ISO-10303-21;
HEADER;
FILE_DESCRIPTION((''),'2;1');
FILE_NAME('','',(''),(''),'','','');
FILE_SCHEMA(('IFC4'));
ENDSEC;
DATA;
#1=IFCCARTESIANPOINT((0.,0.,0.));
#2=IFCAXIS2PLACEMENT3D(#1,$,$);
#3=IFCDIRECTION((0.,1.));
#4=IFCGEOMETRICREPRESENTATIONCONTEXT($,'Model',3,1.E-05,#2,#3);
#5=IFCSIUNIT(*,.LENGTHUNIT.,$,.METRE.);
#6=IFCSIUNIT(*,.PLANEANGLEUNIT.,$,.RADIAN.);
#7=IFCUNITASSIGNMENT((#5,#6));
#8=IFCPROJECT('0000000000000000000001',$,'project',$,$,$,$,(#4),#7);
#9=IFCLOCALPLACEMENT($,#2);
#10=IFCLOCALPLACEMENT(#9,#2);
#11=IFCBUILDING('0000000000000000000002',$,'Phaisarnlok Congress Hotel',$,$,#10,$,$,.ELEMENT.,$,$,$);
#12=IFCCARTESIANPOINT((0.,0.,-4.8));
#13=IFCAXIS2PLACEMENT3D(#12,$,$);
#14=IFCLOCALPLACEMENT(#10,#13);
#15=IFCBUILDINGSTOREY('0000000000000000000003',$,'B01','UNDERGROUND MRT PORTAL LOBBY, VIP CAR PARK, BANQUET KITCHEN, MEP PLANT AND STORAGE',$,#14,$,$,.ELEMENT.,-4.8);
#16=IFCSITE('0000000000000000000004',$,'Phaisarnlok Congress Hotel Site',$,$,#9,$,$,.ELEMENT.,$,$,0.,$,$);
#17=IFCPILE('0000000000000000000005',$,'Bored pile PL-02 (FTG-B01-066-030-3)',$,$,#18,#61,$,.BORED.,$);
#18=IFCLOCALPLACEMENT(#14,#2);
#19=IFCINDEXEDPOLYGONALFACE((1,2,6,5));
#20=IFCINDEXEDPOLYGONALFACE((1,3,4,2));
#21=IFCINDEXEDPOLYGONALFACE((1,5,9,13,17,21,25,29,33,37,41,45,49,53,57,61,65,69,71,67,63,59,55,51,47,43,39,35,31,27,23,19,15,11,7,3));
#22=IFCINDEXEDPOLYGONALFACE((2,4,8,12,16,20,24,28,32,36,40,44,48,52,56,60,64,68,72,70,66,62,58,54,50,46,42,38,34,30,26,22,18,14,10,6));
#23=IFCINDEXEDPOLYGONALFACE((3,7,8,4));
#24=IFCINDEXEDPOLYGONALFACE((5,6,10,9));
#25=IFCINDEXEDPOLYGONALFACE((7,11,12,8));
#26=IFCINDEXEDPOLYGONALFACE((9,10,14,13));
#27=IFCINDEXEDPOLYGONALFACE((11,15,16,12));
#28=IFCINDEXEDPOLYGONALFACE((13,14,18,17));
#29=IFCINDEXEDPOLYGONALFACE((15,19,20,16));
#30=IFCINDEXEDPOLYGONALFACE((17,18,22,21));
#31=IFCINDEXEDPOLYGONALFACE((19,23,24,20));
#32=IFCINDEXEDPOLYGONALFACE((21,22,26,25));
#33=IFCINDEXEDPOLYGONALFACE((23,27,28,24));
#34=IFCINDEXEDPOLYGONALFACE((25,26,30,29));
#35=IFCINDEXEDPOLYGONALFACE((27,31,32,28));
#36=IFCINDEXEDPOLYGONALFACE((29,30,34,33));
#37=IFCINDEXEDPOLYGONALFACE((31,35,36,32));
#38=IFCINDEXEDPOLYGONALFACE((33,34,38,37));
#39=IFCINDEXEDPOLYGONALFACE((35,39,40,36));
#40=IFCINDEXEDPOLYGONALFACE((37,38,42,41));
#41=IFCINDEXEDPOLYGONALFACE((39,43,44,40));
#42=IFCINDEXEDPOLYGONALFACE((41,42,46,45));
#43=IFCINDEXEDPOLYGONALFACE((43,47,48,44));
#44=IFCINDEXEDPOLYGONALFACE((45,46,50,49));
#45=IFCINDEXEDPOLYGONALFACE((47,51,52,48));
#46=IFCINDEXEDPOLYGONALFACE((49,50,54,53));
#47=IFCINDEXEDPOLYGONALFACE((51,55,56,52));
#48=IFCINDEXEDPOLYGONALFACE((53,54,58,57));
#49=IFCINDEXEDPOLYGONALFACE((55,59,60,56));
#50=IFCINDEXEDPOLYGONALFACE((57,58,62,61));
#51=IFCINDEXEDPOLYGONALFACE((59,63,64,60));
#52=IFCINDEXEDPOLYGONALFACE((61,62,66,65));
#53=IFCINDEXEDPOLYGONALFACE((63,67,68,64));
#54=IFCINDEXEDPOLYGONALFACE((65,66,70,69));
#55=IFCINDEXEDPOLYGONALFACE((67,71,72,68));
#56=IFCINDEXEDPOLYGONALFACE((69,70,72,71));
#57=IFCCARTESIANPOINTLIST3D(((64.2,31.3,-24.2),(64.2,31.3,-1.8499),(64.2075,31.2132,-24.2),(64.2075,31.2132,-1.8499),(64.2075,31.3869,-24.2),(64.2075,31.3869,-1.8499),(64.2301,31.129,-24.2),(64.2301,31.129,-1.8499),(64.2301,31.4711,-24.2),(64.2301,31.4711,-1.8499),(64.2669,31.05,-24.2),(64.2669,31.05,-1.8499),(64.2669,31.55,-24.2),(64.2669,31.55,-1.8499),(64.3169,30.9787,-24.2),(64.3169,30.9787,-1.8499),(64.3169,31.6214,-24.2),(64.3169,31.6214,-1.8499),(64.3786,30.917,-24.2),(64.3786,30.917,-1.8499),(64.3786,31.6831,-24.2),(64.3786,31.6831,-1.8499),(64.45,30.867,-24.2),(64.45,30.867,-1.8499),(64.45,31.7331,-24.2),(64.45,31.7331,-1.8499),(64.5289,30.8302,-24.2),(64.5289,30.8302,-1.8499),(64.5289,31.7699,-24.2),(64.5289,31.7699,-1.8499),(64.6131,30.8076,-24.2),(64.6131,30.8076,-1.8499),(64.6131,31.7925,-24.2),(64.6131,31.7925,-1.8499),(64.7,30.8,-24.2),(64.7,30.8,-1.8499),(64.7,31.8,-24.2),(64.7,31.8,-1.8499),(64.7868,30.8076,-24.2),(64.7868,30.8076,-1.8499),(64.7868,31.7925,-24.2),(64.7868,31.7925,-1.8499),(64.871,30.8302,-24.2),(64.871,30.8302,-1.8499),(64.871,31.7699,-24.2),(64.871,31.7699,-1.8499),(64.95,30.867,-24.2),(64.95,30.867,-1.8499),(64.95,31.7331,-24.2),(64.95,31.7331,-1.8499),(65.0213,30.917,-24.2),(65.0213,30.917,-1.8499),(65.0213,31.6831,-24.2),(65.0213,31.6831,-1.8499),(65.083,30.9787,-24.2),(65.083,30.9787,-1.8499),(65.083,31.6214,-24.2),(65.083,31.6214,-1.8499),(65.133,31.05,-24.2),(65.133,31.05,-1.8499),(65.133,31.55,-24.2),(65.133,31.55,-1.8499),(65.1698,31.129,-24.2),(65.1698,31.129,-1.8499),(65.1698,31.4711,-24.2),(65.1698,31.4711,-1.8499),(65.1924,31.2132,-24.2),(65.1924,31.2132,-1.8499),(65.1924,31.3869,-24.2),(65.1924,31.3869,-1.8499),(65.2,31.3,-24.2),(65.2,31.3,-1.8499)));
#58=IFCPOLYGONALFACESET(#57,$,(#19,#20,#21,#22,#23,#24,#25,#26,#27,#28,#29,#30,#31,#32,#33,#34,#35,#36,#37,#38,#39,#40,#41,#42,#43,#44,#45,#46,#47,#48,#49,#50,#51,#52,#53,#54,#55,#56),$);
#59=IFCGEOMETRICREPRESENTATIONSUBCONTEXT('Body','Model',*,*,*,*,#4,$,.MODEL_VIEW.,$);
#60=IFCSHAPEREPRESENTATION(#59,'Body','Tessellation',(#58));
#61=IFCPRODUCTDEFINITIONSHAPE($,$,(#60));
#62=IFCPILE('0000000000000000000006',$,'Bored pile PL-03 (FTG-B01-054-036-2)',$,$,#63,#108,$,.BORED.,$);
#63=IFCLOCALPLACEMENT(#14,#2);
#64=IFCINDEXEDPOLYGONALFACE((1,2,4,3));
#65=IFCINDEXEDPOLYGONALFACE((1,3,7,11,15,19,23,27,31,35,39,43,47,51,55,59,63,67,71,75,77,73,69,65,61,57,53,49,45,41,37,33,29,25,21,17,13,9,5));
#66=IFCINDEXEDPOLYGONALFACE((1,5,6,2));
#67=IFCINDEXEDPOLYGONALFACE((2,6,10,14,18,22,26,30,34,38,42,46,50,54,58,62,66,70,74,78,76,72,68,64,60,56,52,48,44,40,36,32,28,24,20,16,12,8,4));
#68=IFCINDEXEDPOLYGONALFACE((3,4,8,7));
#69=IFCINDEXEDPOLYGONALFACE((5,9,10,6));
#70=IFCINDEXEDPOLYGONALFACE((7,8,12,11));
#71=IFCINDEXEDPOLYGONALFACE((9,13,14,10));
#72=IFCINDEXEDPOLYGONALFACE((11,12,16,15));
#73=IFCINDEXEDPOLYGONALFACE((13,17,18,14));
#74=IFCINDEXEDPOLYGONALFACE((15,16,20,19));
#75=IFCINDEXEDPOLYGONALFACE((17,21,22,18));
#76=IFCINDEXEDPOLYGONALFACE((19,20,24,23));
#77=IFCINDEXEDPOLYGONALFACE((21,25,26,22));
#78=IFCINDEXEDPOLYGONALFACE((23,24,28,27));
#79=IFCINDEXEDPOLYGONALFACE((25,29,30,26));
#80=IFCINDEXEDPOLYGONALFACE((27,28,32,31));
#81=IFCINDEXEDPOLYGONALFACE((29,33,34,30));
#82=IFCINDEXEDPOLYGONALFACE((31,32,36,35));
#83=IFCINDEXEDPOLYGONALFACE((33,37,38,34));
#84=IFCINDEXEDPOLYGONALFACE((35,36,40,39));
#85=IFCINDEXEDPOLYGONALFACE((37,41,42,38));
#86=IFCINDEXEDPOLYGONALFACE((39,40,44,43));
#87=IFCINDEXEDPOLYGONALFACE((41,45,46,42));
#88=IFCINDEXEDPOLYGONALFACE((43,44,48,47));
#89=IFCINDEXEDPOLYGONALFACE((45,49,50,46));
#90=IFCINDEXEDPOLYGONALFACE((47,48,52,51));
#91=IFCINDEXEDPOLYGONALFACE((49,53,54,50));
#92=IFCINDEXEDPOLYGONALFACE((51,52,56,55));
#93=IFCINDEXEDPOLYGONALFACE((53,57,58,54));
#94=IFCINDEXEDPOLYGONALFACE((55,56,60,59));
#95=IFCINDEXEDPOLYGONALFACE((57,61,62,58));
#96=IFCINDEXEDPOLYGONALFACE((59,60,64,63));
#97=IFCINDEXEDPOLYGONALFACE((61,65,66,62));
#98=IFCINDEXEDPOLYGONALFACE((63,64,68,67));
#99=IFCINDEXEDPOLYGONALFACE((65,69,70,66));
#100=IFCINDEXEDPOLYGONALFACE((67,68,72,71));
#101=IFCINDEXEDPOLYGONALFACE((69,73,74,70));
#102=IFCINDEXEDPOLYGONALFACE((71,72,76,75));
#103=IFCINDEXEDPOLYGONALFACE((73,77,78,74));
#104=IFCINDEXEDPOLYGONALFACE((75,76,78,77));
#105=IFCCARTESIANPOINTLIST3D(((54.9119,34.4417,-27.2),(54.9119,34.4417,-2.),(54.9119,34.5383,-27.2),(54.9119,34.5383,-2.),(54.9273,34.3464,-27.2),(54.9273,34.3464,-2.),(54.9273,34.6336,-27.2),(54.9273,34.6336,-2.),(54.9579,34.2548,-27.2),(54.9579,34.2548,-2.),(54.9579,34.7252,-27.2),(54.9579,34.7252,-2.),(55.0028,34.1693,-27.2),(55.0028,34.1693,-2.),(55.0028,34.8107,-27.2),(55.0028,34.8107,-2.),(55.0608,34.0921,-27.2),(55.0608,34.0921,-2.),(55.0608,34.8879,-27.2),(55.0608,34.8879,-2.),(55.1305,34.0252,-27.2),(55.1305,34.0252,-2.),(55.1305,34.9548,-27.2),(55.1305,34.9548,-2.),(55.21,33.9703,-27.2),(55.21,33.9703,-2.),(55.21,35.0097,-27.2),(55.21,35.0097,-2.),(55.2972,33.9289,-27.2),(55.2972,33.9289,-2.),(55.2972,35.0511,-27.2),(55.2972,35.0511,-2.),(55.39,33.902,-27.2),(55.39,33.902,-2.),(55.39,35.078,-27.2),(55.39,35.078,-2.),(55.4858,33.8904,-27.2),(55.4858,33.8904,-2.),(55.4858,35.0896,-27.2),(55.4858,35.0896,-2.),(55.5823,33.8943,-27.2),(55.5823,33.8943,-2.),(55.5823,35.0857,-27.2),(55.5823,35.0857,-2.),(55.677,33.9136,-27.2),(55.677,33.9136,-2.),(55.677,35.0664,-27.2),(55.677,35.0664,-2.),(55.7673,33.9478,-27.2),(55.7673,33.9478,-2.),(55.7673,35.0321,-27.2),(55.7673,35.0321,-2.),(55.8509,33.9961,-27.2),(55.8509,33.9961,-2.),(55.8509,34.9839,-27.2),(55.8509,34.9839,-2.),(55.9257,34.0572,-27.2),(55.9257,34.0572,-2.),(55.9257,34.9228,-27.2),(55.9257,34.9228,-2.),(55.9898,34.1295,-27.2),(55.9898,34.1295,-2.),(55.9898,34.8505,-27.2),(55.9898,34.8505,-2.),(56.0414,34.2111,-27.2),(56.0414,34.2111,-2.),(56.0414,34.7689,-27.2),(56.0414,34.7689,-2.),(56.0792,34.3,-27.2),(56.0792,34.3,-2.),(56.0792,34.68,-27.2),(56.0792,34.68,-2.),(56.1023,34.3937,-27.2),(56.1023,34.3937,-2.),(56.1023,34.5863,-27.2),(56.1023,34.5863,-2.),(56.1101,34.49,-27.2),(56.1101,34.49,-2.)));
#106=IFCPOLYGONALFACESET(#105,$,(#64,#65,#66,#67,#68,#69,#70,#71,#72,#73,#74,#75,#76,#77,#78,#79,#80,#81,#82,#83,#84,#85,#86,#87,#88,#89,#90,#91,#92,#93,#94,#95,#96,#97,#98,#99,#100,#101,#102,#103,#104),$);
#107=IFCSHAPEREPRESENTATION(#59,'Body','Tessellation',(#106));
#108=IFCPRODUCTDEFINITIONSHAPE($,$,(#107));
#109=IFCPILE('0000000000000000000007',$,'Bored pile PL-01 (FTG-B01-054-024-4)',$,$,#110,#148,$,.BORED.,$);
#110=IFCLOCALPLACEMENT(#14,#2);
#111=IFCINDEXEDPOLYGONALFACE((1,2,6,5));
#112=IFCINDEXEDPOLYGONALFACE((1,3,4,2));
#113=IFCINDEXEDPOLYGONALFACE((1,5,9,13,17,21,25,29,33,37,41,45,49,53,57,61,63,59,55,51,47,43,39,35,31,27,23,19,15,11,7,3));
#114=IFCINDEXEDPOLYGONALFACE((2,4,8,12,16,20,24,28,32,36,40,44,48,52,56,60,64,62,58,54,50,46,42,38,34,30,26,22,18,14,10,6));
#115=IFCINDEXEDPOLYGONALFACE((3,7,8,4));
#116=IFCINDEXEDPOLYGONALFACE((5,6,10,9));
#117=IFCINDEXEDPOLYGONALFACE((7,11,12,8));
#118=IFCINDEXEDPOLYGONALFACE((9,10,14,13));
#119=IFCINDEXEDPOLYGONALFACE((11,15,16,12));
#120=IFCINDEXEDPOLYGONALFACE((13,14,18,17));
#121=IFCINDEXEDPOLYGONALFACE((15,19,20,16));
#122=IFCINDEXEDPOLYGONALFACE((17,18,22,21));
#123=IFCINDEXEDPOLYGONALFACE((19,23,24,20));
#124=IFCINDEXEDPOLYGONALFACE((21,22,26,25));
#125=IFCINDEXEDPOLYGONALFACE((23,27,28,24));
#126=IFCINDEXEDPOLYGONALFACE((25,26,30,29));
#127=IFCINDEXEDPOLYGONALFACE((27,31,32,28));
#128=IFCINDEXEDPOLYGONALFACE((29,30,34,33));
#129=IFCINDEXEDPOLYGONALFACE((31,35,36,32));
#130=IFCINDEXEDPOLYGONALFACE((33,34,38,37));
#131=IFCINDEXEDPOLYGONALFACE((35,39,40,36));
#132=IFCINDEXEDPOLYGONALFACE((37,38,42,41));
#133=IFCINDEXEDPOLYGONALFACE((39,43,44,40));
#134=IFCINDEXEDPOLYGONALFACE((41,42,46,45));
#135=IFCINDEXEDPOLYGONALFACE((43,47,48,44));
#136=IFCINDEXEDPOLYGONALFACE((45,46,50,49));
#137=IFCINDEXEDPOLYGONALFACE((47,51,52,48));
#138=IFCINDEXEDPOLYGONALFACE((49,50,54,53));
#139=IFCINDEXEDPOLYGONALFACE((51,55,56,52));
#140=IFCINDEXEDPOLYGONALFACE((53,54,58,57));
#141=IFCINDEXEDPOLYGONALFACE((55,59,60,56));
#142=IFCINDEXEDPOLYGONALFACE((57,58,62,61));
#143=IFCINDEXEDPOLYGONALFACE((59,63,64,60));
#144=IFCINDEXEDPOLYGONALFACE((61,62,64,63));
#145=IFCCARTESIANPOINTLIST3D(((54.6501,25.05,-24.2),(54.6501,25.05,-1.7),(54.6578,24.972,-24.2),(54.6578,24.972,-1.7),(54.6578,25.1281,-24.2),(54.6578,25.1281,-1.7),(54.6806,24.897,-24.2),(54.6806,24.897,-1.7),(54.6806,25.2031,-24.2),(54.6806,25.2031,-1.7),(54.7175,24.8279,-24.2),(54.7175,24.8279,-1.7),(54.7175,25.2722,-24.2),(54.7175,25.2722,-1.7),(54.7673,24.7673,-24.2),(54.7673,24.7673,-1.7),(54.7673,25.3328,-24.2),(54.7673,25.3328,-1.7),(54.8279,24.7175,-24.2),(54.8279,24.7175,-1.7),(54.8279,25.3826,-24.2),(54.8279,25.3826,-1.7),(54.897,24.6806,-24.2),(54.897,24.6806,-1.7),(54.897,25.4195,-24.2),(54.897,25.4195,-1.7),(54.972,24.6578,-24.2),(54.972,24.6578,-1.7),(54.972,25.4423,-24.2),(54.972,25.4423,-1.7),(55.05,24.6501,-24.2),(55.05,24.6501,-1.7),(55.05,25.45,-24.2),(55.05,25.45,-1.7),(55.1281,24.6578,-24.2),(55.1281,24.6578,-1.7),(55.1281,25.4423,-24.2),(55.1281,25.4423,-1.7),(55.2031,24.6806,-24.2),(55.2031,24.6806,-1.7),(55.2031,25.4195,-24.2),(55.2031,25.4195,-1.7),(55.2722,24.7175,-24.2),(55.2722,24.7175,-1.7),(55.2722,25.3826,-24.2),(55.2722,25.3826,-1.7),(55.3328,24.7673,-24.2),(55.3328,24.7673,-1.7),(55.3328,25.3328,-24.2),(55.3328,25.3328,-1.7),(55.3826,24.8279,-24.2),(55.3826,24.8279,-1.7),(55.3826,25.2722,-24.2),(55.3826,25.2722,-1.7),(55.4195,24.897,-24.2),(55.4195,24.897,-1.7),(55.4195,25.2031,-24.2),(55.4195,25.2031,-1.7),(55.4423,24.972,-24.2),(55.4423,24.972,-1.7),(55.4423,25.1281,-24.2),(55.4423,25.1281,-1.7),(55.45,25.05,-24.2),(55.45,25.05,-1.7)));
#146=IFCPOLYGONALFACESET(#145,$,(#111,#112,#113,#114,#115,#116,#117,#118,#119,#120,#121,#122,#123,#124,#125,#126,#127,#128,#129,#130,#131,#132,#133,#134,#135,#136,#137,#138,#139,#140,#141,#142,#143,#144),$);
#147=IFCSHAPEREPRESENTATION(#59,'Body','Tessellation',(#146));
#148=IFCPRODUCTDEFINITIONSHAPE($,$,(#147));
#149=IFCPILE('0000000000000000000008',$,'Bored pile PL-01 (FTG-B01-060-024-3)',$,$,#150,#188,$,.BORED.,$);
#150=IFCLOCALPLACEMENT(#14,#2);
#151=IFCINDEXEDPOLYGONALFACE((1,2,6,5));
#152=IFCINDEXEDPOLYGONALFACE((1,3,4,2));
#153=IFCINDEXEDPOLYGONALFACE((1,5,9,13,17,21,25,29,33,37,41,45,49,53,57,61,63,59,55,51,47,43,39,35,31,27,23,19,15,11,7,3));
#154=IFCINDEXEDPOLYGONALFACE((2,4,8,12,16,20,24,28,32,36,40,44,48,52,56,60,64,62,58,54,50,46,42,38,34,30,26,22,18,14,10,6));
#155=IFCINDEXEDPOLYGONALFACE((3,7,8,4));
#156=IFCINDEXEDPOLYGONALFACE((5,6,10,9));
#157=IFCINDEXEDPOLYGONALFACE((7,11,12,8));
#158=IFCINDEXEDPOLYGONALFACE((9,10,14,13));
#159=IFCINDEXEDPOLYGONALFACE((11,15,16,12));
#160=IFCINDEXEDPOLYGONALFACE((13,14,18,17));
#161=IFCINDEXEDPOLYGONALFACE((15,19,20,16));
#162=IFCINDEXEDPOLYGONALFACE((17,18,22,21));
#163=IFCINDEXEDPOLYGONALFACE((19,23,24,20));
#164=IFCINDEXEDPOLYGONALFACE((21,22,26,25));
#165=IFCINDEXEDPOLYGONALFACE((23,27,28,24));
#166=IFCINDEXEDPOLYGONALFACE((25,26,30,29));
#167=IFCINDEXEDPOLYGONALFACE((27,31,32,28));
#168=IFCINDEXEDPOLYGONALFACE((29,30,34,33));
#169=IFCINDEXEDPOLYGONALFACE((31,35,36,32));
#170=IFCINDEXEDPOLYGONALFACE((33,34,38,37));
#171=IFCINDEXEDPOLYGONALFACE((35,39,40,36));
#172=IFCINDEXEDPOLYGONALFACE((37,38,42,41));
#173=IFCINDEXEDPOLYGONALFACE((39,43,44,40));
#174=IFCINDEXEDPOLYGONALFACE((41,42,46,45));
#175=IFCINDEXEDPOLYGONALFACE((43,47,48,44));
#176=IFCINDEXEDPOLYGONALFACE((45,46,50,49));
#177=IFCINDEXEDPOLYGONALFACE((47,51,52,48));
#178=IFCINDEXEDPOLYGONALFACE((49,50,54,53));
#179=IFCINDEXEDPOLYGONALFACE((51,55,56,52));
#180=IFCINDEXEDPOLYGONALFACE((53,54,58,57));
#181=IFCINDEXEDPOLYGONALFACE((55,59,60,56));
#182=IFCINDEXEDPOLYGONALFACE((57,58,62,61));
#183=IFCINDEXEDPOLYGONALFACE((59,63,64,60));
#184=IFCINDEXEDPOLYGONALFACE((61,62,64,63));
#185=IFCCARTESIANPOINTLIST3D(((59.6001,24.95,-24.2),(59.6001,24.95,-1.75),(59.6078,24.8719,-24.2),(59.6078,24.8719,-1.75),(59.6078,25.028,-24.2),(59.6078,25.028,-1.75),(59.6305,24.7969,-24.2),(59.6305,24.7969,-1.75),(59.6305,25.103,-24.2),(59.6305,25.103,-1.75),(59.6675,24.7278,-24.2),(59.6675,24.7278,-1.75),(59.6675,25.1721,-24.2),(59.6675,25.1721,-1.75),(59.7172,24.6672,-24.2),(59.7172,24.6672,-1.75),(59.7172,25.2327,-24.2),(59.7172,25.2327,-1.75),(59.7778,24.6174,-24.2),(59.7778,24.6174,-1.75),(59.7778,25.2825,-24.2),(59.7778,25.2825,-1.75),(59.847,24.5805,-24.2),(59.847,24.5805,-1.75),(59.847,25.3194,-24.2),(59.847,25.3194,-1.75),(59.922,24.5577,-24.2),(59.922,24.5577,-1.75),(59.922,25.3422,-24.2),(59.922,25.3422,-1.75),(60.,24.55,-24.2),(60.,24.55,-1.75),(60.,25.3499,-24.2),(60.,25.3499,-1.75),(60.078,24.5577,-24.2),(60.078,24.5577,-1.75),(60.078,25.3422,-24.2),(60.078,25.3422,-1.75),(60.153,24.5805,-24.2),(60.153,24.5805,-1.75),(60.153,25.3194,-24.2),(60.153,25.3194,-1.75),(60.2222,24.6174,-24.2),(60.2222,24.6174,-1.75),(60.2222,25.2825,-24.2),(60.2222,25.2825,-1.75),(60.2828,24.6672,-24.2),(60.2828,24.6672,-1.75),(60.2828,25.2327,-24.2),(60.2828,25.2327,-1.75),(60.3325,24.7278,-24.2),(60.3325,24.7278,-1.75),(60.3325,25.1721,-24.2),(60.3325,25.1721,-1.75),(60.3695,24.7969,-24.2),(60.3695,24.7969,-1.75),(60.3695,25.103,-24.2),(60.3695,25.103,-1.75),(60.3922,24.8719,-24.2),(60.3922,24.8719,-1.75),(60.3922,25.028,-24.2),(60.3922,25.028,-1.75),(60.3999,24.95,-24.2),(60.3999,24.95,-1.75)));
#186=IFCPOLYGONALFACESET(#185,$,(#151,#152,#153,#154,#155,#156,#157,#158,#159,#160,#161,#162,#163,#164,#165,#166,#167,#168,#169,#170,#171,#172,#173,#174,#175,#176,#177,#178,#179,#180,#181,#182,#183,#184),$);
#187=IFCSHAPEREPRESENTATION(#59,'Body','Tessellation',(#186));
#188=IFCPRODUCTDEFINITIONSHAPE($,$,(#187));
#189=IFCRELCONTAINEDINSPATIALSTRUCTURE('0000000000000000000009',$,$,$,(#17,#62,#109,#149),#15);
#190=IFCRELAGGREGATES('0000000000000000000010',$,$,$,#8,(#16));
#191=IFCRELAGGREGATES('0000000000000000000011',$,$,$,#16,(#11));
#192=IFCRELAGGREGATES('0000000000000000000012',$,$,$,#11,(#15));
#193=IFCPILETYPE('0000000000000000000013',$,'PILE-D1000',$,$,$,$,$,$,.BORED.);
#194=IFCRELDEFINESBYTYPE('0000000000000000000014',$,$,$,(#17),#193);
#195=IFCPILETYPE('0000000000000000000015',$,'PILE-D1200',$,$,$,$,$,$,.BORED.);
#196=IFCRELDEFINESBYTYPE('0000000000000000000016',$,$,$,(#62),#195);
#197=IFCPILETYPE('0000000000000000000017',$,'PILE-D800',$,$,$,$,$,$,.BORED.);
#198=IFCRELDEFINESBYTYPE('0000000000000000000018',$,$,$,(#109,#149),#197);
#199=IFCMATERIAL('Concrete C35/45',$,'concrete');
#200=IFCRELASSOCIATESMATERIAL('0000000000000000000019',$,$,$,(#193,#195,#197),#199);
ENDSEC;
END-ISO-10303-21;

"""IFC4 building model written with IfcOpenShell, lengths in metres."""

from ifc_helpers import new_model, si_unit, direction, frame, origin, origin_2d, place, context, subcontext, project, spatial, circle, extrude, material, material_profile, profile_set, type_object, element, save


model = new_model("IFC4")

# Units and contexts
model_context = context("Model", 3, precision=1e-05, world=origin(), true_north=direction((0.0, 1.0)))
body_context = subcontext(model_context, "Body", "Model", "MODEL_VIEW")
ifc_project = project(units=[si_unit("LENGTHUNIT", "METRE"), si_unit("PLANEANGLEUNIT", "RADIAN")], contexts=[model_context])

# Site, building, storey
site_placement = place(None, origin())
site = spatial("IfcSite", under=ifc_project, at=site_placement, Name="Phaisarnlok Congress Hotel Site", CompositionType="ELEMENT", RefElevation=0.0)
building_placement = place(site_placement, origin())
building = spatial("IfcBuilding", under=site, at=building_placement, Name="Phaisarnlok Congress Hotel", CompositionType="ELEMENT")
storey_placement = place(building_placement, frame((0.0, 0.0, -4.8)))
storey = spatial("IfcBuildingStorey", under=building, at=storey_placement, Name="B01", Description="UNDERGROUND MRT PORTAL LOBBY, VIP CAR PARK, BANQUET KITCHEN, MEP PLANT AND STORAGE", CompositionType="ELEMENT", Elevation=-4.8)

# Piles
ifc_material_1 = material(Name="Concrete C35/45", Category="concrete")
ifc_material_profile_1 = material_profile(ifc_material_1, circle(Radius=0.5, at=origin_2d()), Name="BORED PILE D1000")
ifc_profile_set_1 = profile_set([ifc_material_profile_1], Name="Concrete C35/45")
pile_type_1 = type_object("IfcPileType", Name="PILE-D1000", PredefinedType="BORED", material=ifc_profile_set_1)
for number, where, z_axis, x_axis, name in (
    (1, (64.7, 31.3, -1.8499), (0.0, 0.0, -1.0), (1.0, 0.0, 0.0), "Bored pile PL-02 (FTG-B01-066-030-3)"),
):
    element("IfcPile", number, at=place(storey_placement, frame(where, z_axis=z_axis, x_axis=x_axis)), inside=storey, type_object=pile_type_1, Name=name, PredefinedType="BORED", context=body_context, shape_type="SweptSolid", body=[
        extrude(circle(Radius=0.5, at=origin_2d()), origin(), (0.0, 0.0, 1.0), 22.3501),
    ])
ifc_material_profile_2 = material_profile(ifc_material_1, circle(Radius=0.6001, at=origin_2d()), Name="BORED PILE D1200")
ifc_profile_set_2 = profile_set([ifc_material_profile_2], Name="Concrete C35/45")
pile_type_2 = type_object("IfcPileType", Name="PILE-D1200", PredefinedType="BORED", material=ifc_profile_set_2)
pile_1_placement = place(storey_placement, frame((55.51, 34.49, -2.0), z_axis=(0.0, 0.0, -1.0), x_axis=(1.0, 0.0, 0.0)))
element("IfcPile", 2, at=pile_1_placement, inside=storey, type_object=pile_type_2, Name="Bored pile PL-03 (FTG-B01-054-036-2)", PredefinedType="BORED", context=body_context, shape_type="SweptSolid", body=[
    extrude(circle(Radius=0.6001, at=origin_2d()), origin(), (0.0, 0.0, 1.0), 25.2),
])
ifc_material_profile_3 = material_profile(ifc_material_1, circle(Radius=0.3999, at=origin_2d()), Name="BORED PILE D800")
ifc_profile_set_3 = profile_set([ifc_material_profile_3], Name="Concrete C35/45")
pile_type_3 = type_object("IfcPileType", Name="PILE-D800", PredefinedType="BORED", material=ifc_profile_set_3)
pile_2_placement = place(storey_placement, frame((55.05, 25.05, -1.7), z_axis=(0.0, 0.0, -1.0), x_axis=(1.0, 0.0, 0.0)))
element("IfcPile", 3, at=pile_2_placement, inside=storey, type_object=pile_type_3, Name="Bored pile PL-01 (FTG-B01-054-024-4)", PredefinedType="BORED", context=body_context, shape_type="SweptSolid", body=[
    extrude(circle(Radius=0.3999, at=origin_2d()), origin(), (0.0, 0.0, 1.0), 22.5),
])
pile_3_placement = place(storey_placement, frame((60.0, 24.95, -1.75), z_axis=(0.0, 0.0, -1.0), x_axis=(1.0, 0.0, 0.0)))
element("IfcPile", 4, at=pile_3_placement, inside=storey, type_object=pile_type_3, Name="Bored pile PL-01 (FTG-B01-060-024-3)", PredefinedType="BORED", context=body_context, shape_type="SweptSolid", body=[
    extrude(circle(Radius=0.3999, at=origin_2d()), origin(), (0.0, 0.0, 1.0), 22.45),
])

save(model, "model.ifc")
